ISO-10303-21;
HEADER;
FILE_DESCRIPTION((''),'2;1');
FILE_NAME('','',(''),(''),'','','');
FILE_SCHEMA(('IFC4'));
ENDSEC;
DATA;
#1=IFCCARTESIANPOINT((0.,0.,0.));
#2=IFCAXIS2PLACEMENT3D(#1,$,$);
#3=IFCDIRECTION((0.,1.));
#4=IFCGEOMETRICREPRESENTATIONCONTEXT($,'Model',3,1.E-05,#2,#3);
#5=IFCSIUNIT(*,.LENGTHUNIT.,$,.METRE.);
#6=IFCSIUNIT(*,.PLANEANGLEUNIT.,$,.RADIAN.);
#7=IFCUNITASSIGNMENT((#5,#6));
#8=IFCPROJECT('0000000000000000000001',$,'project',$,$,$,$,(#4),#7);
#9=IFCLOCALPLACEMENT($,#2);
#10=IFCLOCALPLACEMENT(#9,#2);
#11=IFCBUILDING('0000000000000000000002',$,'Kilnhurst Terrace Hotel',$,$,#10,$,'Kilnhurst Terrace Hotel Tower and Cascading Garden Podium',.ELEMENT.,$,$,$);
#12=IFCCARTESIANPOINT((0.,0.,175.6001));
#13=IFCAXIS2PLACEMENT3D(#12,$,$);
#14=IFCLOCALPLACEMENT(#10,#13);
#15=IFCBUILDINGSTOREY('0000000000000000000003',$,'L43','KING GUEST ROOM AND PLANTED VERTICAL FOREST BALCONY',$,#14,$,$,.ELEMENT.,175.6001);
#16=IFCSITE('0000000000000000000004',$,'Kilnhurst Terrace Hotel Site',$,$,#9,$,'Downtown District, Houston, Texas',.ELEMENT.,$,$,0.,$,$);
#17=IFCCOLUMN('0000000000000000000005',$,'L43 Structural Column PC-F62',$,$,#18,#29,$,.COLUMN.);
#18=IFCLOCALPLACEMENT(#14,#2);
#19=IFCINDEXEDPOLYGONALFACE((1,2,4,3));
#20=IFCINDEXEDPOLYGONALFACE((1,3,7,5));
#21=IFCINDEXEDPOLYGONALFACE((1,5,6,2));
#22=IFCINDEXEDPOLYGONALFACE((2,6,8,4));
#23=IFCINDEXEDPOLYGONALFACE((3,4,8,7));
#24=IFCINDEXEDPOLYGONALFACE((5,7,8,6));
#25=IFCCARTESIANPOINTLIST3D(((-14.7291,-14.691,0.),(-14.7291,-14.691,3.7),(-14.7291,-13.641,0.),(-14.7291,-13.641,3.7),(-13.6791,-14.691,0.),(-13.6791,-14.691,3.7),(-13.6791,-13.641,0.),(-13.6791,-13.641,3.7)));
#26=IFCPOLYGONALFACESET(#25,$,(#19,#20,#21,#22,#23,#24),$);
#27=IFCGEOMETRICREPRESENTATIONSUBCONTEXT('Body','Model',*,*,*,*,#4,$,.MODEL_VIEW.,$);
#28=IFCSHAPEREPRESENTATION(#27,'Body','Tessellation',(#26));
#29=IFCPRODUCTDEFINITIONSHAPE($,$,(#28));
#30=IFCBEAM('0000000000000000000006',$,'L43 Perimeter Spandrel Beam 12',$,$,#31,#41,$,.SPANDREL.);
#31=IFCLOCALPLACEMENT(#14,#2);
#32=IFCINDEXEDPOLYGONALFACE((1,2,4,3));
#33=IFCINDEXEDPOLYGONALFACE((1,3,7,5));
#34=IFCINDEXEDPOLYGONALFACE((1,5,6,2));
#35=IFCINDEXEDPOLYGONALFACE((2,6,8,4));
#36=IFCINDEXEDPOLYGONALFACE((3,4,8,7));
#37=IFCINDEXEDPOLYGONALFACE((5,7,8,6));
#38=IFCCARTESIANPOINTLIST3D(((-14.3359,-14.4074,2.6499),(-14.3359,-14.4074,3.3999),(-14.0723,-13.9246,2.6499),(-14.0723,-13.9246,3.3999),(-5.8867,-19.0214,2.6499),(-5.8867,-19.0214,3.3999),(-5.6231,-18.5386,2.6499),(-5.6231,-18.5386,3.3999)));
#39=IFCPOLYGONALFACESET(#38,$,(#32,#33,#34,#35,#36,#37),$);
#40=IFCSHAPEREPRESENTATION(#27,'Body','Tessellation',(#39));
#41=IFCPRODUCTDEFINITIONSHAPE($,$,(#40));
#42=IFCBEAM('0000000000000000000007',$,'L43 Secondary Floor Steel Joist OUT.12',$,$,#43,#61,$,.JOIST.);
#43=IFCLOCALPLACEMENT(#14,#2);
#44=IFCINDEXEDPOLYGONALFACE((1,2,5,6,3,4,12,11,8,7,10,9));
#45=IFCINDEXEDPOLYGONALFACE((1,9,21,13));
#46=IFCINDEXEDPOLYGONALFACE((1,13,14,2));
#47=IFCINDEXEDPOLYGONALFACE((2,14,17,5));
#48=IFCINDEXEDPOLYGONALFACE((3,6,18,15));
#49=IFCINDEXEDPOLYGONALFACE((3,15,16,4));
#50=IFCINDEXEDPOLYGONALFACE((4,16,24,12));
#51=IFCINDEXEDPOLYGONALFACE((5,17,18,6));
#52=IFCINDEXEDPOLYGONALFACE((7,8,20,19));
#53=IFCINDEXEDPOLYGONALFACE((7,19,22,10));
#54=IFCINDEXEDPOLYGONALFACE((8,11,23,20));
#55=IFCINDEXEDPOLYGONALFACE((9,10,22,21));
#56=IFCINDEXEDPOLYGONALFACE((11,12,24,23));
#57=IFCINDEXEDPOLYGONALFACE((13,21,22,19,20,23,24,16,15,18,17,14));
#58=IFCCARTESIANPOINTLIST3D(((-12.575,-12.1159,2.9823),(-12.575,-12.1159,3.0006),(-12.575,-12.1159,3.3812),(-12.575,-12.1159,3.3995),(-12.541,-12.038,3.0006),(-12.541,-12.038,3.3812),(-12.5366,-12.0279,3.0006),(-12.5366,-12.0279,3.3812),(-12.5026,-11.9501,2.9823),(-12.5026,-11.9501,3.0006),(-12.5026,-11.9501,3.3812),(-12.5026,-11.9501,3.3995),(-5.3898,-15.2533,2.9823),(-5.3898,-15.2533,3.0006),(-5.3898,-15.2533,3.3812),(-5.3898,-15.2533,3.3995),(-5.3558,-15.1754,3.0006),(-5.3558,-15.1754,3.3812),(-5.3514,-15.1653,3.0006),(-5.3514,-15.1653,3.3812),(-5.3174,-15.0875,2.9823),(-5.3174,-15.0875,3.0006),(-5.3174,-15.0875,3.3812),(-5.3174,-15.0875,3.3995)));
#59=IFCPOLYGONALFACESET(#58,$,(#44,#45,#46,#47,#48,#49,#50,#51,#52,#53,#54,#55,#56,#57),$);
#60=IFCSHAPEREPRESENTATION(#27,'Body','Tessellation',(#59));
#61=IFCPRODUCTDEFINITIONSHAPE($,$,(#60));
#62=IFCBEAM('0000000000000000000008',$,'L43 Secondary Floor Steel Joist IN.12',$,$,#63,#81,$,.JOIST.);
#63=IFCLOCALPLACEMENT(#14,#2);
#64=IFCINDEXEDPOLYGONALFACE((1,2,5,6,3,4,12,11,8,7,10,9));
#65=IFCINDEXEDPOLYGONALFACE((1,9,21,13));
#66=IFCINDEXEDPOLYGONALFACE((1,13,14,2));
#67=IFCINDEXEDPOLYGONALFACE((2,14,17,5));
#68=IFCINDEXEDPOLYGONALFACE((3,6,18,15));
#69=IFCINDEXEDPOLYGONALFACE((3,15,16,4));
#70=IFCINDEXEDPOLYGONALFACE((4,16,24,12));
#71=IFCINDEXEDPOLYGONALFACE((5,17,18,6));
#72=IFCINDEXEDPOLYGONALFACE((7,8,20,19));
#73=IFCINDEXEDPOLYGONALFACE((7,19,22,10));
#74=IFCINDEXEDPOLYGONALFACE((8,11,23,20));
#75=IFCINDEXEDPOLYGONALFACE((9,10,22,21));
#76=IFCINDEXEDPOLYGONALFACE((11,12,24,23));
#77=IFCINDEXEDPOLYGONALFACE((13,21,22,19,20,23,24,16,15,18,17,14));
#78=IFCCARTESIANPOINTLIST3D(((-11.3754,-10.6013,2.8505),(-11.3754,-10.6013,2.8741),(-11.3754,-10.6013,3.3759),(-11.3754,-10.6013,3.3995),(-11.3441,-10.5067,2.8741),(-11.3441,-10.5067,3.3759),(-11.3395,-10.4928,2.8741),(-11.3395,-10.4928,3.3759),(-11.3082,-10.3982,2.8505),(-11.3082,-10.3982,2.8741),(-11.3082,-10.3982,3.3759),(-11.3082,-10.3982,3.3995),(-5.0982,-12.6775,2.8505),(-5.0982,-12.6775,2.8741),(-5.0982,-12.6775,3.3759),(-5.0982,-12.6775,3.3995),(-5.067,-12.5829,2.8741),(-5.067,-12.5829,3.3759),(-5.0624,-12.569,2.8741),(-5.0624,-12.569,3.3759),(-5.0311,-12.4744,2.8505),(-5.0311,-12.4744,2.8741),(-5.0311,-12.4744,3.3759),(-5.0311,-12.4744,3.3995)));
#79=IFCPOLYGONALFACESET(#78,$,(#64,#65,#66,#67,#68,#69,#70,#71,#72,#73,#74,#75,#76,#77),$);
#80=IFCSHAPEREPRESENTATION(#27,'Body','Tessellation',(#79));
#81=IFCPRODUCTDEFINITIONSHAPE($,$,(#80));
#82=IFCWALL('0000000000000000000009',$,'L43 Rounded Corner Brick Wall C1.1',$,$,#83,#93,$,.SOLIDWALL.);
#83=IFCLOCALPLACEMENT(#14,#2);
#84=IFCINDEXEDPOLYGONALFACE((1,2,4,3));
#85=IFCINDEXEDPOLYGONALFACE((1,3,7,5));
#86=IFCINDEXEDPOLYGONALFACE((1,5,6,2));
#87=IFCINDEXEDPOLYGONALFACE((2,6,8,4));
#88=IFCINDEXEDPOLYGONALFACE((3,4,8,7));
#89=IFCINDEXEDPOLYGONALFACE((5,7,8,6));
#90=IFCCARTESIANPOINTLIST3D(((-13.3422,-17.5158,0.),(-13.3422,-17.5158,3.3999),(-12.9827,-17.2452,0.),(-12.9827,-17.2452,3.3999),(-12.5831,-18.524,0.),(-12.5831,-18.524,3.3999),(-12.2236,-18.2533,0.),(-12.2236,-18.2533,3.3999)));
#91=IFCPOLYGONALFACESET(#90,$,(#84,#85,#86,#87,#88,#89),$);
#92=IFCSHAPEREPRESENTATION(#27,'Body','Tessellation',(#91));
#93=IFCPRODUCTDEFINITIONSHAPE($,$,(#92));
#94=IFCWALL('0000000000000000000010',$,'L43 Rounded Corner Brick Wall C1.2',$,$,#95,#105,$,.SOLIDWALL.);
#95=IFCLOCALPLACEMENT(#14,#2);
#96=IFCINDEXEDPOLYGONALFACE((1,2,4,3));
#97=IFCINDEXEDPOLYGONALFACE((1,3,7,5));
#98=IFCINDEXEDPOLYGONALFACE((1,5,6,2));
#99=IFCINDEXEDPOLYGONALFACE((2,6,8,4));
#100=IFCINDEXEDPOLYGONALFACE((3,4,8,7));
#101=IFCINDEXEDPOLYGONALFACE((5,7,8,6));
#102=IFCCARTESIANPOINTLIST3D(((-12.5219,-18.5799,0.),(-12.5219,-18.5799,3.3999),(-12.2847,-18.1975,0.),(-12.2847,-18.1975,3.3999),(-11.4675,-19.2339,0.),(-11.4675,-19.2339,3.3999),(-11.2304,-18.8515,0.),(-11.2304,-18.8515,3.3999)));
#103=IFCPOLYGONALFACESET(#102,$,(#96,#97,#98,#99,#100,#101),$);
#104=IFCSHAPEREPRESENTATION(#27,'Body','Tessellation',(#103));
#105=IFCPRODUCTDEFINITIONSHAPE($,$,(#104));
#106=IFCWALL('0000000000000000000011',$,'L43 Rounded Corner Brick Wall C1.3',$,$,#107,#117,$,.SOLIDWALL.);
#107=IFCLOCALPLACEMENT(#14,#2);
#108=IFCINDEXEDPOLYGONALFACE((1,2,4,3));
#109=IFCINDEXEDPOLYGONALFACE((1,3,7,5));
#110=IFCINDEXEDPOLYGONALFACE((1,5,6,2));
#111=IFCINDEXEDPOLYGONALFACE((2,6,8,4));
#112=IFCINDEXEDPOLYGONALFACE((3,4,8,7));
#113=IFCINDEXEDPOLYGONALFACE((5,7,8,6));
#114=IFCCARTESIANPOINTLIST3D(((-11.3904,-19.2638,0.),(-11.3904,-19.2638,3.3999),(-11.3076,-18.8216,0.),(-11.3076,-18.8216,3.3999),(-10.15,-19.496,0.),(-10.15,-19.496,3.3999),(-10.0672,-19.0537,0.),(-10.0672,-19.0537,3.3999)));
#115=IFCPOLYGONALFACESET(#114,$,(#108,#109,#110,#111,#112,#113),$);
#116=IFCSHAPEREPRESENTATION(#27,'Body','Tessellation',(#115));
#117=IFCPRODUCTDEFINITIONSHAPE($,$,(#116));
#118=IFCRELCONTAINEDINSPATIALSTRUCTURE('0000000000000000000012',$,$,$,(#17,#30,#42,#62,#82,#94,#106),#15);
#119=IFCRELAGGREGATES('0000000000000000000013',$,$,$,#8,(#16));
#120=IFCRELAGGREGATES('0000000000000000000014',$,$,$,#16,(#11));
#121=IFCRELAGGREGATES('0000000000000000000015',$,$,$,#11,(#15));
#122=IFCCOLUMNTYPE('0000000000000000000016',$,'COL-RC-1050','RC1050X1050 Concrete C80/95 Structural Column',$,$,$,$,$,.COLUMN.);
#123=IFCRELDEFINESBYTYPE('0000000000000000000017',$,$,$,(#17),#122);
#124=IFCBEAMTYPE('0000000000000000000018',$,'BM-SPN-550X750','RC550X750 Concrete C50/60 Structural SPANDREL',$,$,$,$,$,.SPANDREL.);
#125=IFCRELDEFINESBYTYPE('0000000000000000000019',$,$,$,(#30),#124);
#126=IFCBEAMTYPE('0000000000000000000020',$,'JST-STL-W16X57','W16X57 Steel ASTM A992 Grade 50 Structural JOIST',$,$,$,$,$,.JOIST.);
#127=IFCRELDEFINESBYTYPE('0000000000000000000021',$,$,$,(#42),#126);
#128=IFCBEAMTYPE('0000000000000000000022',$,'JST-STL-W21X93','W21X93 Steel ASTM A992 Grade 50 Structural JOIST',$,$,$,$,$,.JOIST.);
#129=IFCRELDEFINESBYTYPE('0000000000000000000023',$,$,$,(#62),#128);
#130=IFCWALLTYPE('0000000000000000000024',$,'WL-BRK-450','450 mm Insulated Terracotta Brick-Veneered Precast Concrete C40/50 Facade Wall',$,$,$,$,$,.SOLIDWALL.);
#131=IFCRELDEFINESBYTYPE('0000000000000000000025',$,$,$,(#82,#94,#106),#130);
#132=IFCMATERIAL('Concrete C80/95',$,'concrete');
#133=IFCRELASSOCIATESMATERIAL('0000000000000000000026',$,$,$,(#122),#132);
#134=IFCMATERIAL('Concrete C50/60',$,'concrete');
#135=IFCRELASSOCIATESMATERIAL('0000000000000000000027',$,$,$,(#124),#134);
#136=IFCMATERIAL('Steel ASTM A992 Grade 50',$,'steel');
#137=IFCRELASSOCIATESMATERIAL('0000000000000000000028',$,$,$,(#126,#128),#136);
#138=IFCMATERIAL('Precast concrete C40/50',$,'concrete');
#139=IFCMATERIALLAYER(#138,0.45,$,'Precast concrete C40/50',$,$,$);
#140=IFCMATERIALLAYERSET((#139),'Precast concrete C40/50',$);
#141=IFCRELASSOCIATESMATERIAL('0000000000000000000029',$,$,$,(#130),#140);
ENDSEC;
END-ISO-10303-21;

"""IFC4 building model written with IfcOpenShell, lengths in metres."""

from ifc_helpers import new_model, si_unit, direction, frame, frame_2d, origin, origin_2d, place, context, subcontext, project, spatial, rectangle, i_section, extrude, material, layer, layer_set, material_profile, profile_set, type_object, element, save


model = new_model("IFC4")

# Units and contexts
model_context = context("Model", 3, precision=1e-05, world=origin(), true_north=direction((0.0, 1.0)))
body_context = subcontext(model_context, "Body", "Model", "MODEL_VIEW")
ifc_project = project(units=[si_unit("LENGTHUNIT", "METRE"), si_unit("PLANEANGLEUNIT", "RADIAN")], contexts=[model_context])

# Site, building, storey
site_placement = place(None, origin())
site = spatial("IfcSite", under=ifc_project, at=site_placement, Name="Kilnhurst Terrace Hotel Site", LongName="Downtown District, Houston, Texas", CompositionType="ELEMENT", RefElevation=0.0)
building_placement = place(site_placement, origin())
building = spatial("IfcBuilding", under=site, at=building_placement, Name="Kilnhurst Terrace Hotel", LongName="Kilnhurst Terrace Hotel Tower and Cascading Garden Podium", CompositionType="ELEMENT")
storey_placement = place(building_placement, frame((0.0, 0.0, 175.6001)))
storey = spatial("IfcBuildingStorey", under=building, at=storey_placement, Name="L43", Description="KING GUEST ROOM AND PLANTED VERTICAL FOREST BALCONY", CompositionType="ELEMENT", Elevation=175.6001)

# Column
ifc_material_1 = material(Name="Concrete C80/95", Category="concrete")
ifc_material_profile_1 = material_profile(ifc_material_1, rectangle(XDim=1.05, YDim=1.05, at=origin_2d()), Name="RC1050X1050")
ifc_profile_set_1 = profile_set([ifc_material_profile_1], Name="Concrete C80/95")
column_type = type_object("IfcColumnType", Name="COL-RC-1050", Description="RC1050X1050 Concrete C80/95 Structural Column", PredefinedType="COLUMN", material=ifc_profile_set_1)
column_placement = place(storey_placement, frame((-14.2041, -14.166, 0.0), z_axis=(0.0, 0.0, 1.0), x_axis=(1.0, 0.0, 0.0)))
element("IfcColumn", 1, at=column_placement, inside=storey, type_object=column_type, Name="L43 Structural Column PC-F62", PredefinedType="COLUMN", context=body_context, shape_type="SweptSolid", body=[
    extrude(rectangle(XDim=1.05, YDim=1.05, at=origin_2d()), origin(), (0.0, 0.0, 1.0), 3.7),
])

# Beams
ifc_material_2 = material(Name="Concrete C50/60", Category="concrete")
ifc_material_profile_2 = material_profile(ifc_material_2, rectangle(XDim=0.55, YDim=0.75, at=origin_2d()), Name="RC550X750")
ifc_profile_set_2 = profile_set([ifc_material_profile_2], Name="Concrete C50/60")
beam_type_1 = type_object("IfcBeamType", Name="BM-SPN-550X750", Description="RC550X750 Concrete C50/60 Structural SPANDREL", PredefinedType="SPANDREL", material=ifc_profile_set_2)
beam_1_placement = place(storey_placement, frame((-14.2041, -14.166, 3.0249), z_axis=(0.877662, -0.47928, 0.0), x_axis=(0.47928, 0.877662, 0.0)))
element("IfcBeam", 2, at=beam_1_placement, inside=storey, type_object=beam_type_1, Name="L43 Perimeter Spandrel Beam 12", PredefinedType="SPANDREL", context=body_context, shape_type="SweptSolid", body=[
    extrude(rectangle(XDim=0.55, YDim=0.75, at=origin_2d()), origin(), (0.0, 0.0, 1.0), 9.627),
])
ifc_material_3 = material(Name="Steel ASTM A992 Grade 50", Category="steel")
ifc_material_profile_3 = material_profile(ifc_material_3, i_section(OverallWidth=0.1809, OverallDepth=0.4172, WebThickness=0.011, FlangeThickness=0.0183, at=origin_2d()), Name="W16X57")
ifc_profile_set_3 = profile_set([ifc_material_profile_3], Name="Steel ASTM A992 Grade 50")
beam_type_2 = type_object("IfcBeamType", Name="JST-STL-W16X57", Description="W16X57 Steel ASTM A992 Grade 50 Structural JOIST", PredefinedType="JOIST", material=ifc_profile_set_3)
beam_2_placement = place(storey_placement, frame((-12.5388, -12.033, 3.1909), z_axis=(0.916444, -0.400164, 0.0), x_axis=(0.400164, 0.916444, 0.0)))
element("IfcBeam", 3, at=beam_2_placement, inside=storey, type_object=beam_type_2, Name="L43 Secondary Floor Steel Joist OUT.12", PredefinedType="JOIST", context=body_context, shape_type="SweptSolid", body=[
    extrude(i_section(OverallWidth=0.1809, OverallDepth=0.4172, WebThickness=0.011, FlangeThickness=0.0183, at=origin_2d()), origin(), (0.0, 0.0, 1.0), 7.8403),
])
ifc_material_profile_4 = material_profile(ifc_material_3, i_section(OverallWidth=0.2139, OverallDepth=0.5491, WebThickness=0.0146, FlangeThickness=0.0237, at=origin_2d()), Name="W21X93")
ifc_profile_set_4 = profile_set([ifc_material_profile_4], Name="Steel ASTM A992 Grade 50")
beam_type_3 = type_object("IfcBeamType", Name="JST-STL-W21X93", Description="W21X93 Steel ASTM A992 Grade 50 Structural JOIST", PredefinedType="JOIST", material=ifc_profile_set_4)
beam_3_placement = place(storey_placement, frame((-11.3418, -10.4998, 3.125), z_axis=(0.949416, -0.314022, 0.0), x_axis=(0.314022, 0.949416, 0.0)))
element("IfcBeam", 4, at=beam_3_placement, inside=storey, type_object=beam_type_3, Name="L43 Secondary Floor Steel Joist IN.12", PredefinedType="JOIST", context=body_context, shape_type="SweptSolid", body=[
    extrude(i_section(OverallWidth=0.2139, OverallDepth=0.5491, WebThickness=0.0146, FlangeThickness=0.0237, at=origin_2d()), origin(), (0.0, 0.0, 1.0), 6.6116),
])

# Walls
ifc_material_4 = material(Name="Precast concrete C40/50", Category="concrete")
ifc_layer_1 = layer(ifc_material_4, 0.45, Name="Precast concrete C40/50")
ifc_layer_set_1 = layer_set([ifc_layer_1], Name="Precast concrete C40/50")
wall_type_1 = type_object("IfcWallType", Name="WL-BRK-450", Description="450 mm Insulated Terracotta Brick-Veneered Precast Concrete C40/50 Facade Wall", PredefinedType="SOLIDWALL", material=ifc_layer_set_1)
wall_1_placement = place(storey_placement, frame((-13.1624, -17.3806, 0.0), z_axis=(0.0, 0.0, 1.0), x_axis=(0.601516, -0.798861, 0.0)))
element("IfcWall", 5, at=wall_1_placement, inside=storey, type_object=wall_type_1, Name="L43 Rounded Corner Brick Wall C1.1", PredefinedType="SOLIDWALL", context=body_context, shape_type="SweptSolid", body=[
    extrude(rectangle(XDim=1.262, YDim=0.45, at=frame_2d((0.6309, 0.0))), origin(), (0.0, 0.0, 1.0), 3.3999),
])
wall_2_placement = place(storey_placement, frame((-12.4033, -18.3887, 0.0), z_axis=(0.0, 0.0, 1.0), x_axis=(0.849795, -0.527113, 0.0)))
element("IfcWall", 6, at=wall_2_placement, inside=storey, type_object=wall_type_1, Name="L43 Rounded Corner Brick Wall C1.2", PredefinedType="SOLIDWALL", context=body_context, shape_type="SweptSolid", body=[
    extrude(rectangle(XDim=1.2407, YDim=0.45, at=frame_2d((0.6204, 0.0))), origin(), (0.0, 0.0, 1.0), 3.3999),
])
wall_3_placement = place(storey_placement, frame((-11.3489, -19.0427, 0.0), z_axis=(0.0, 0.0, 1.0), x_axis=(0.982931, -0.183973, 0.0)))
element("IfcWall", 7, at=wall_3_placement, inside=storey, type_object=wall_type_1, Name="L43 Rounded Corner Brick Wall C1.3", PredefinedType="SOLIDWALL", context=body_context, shape_type="SweptSolid", body=[
    extrude(rectangle(XDim=1.262, YDim=0.45, at=frame_2d((0.6309, 0.0))), origin(), (0.0, 0.0, 1.0), 3.3999),
])

save(model, "model.ifc")
